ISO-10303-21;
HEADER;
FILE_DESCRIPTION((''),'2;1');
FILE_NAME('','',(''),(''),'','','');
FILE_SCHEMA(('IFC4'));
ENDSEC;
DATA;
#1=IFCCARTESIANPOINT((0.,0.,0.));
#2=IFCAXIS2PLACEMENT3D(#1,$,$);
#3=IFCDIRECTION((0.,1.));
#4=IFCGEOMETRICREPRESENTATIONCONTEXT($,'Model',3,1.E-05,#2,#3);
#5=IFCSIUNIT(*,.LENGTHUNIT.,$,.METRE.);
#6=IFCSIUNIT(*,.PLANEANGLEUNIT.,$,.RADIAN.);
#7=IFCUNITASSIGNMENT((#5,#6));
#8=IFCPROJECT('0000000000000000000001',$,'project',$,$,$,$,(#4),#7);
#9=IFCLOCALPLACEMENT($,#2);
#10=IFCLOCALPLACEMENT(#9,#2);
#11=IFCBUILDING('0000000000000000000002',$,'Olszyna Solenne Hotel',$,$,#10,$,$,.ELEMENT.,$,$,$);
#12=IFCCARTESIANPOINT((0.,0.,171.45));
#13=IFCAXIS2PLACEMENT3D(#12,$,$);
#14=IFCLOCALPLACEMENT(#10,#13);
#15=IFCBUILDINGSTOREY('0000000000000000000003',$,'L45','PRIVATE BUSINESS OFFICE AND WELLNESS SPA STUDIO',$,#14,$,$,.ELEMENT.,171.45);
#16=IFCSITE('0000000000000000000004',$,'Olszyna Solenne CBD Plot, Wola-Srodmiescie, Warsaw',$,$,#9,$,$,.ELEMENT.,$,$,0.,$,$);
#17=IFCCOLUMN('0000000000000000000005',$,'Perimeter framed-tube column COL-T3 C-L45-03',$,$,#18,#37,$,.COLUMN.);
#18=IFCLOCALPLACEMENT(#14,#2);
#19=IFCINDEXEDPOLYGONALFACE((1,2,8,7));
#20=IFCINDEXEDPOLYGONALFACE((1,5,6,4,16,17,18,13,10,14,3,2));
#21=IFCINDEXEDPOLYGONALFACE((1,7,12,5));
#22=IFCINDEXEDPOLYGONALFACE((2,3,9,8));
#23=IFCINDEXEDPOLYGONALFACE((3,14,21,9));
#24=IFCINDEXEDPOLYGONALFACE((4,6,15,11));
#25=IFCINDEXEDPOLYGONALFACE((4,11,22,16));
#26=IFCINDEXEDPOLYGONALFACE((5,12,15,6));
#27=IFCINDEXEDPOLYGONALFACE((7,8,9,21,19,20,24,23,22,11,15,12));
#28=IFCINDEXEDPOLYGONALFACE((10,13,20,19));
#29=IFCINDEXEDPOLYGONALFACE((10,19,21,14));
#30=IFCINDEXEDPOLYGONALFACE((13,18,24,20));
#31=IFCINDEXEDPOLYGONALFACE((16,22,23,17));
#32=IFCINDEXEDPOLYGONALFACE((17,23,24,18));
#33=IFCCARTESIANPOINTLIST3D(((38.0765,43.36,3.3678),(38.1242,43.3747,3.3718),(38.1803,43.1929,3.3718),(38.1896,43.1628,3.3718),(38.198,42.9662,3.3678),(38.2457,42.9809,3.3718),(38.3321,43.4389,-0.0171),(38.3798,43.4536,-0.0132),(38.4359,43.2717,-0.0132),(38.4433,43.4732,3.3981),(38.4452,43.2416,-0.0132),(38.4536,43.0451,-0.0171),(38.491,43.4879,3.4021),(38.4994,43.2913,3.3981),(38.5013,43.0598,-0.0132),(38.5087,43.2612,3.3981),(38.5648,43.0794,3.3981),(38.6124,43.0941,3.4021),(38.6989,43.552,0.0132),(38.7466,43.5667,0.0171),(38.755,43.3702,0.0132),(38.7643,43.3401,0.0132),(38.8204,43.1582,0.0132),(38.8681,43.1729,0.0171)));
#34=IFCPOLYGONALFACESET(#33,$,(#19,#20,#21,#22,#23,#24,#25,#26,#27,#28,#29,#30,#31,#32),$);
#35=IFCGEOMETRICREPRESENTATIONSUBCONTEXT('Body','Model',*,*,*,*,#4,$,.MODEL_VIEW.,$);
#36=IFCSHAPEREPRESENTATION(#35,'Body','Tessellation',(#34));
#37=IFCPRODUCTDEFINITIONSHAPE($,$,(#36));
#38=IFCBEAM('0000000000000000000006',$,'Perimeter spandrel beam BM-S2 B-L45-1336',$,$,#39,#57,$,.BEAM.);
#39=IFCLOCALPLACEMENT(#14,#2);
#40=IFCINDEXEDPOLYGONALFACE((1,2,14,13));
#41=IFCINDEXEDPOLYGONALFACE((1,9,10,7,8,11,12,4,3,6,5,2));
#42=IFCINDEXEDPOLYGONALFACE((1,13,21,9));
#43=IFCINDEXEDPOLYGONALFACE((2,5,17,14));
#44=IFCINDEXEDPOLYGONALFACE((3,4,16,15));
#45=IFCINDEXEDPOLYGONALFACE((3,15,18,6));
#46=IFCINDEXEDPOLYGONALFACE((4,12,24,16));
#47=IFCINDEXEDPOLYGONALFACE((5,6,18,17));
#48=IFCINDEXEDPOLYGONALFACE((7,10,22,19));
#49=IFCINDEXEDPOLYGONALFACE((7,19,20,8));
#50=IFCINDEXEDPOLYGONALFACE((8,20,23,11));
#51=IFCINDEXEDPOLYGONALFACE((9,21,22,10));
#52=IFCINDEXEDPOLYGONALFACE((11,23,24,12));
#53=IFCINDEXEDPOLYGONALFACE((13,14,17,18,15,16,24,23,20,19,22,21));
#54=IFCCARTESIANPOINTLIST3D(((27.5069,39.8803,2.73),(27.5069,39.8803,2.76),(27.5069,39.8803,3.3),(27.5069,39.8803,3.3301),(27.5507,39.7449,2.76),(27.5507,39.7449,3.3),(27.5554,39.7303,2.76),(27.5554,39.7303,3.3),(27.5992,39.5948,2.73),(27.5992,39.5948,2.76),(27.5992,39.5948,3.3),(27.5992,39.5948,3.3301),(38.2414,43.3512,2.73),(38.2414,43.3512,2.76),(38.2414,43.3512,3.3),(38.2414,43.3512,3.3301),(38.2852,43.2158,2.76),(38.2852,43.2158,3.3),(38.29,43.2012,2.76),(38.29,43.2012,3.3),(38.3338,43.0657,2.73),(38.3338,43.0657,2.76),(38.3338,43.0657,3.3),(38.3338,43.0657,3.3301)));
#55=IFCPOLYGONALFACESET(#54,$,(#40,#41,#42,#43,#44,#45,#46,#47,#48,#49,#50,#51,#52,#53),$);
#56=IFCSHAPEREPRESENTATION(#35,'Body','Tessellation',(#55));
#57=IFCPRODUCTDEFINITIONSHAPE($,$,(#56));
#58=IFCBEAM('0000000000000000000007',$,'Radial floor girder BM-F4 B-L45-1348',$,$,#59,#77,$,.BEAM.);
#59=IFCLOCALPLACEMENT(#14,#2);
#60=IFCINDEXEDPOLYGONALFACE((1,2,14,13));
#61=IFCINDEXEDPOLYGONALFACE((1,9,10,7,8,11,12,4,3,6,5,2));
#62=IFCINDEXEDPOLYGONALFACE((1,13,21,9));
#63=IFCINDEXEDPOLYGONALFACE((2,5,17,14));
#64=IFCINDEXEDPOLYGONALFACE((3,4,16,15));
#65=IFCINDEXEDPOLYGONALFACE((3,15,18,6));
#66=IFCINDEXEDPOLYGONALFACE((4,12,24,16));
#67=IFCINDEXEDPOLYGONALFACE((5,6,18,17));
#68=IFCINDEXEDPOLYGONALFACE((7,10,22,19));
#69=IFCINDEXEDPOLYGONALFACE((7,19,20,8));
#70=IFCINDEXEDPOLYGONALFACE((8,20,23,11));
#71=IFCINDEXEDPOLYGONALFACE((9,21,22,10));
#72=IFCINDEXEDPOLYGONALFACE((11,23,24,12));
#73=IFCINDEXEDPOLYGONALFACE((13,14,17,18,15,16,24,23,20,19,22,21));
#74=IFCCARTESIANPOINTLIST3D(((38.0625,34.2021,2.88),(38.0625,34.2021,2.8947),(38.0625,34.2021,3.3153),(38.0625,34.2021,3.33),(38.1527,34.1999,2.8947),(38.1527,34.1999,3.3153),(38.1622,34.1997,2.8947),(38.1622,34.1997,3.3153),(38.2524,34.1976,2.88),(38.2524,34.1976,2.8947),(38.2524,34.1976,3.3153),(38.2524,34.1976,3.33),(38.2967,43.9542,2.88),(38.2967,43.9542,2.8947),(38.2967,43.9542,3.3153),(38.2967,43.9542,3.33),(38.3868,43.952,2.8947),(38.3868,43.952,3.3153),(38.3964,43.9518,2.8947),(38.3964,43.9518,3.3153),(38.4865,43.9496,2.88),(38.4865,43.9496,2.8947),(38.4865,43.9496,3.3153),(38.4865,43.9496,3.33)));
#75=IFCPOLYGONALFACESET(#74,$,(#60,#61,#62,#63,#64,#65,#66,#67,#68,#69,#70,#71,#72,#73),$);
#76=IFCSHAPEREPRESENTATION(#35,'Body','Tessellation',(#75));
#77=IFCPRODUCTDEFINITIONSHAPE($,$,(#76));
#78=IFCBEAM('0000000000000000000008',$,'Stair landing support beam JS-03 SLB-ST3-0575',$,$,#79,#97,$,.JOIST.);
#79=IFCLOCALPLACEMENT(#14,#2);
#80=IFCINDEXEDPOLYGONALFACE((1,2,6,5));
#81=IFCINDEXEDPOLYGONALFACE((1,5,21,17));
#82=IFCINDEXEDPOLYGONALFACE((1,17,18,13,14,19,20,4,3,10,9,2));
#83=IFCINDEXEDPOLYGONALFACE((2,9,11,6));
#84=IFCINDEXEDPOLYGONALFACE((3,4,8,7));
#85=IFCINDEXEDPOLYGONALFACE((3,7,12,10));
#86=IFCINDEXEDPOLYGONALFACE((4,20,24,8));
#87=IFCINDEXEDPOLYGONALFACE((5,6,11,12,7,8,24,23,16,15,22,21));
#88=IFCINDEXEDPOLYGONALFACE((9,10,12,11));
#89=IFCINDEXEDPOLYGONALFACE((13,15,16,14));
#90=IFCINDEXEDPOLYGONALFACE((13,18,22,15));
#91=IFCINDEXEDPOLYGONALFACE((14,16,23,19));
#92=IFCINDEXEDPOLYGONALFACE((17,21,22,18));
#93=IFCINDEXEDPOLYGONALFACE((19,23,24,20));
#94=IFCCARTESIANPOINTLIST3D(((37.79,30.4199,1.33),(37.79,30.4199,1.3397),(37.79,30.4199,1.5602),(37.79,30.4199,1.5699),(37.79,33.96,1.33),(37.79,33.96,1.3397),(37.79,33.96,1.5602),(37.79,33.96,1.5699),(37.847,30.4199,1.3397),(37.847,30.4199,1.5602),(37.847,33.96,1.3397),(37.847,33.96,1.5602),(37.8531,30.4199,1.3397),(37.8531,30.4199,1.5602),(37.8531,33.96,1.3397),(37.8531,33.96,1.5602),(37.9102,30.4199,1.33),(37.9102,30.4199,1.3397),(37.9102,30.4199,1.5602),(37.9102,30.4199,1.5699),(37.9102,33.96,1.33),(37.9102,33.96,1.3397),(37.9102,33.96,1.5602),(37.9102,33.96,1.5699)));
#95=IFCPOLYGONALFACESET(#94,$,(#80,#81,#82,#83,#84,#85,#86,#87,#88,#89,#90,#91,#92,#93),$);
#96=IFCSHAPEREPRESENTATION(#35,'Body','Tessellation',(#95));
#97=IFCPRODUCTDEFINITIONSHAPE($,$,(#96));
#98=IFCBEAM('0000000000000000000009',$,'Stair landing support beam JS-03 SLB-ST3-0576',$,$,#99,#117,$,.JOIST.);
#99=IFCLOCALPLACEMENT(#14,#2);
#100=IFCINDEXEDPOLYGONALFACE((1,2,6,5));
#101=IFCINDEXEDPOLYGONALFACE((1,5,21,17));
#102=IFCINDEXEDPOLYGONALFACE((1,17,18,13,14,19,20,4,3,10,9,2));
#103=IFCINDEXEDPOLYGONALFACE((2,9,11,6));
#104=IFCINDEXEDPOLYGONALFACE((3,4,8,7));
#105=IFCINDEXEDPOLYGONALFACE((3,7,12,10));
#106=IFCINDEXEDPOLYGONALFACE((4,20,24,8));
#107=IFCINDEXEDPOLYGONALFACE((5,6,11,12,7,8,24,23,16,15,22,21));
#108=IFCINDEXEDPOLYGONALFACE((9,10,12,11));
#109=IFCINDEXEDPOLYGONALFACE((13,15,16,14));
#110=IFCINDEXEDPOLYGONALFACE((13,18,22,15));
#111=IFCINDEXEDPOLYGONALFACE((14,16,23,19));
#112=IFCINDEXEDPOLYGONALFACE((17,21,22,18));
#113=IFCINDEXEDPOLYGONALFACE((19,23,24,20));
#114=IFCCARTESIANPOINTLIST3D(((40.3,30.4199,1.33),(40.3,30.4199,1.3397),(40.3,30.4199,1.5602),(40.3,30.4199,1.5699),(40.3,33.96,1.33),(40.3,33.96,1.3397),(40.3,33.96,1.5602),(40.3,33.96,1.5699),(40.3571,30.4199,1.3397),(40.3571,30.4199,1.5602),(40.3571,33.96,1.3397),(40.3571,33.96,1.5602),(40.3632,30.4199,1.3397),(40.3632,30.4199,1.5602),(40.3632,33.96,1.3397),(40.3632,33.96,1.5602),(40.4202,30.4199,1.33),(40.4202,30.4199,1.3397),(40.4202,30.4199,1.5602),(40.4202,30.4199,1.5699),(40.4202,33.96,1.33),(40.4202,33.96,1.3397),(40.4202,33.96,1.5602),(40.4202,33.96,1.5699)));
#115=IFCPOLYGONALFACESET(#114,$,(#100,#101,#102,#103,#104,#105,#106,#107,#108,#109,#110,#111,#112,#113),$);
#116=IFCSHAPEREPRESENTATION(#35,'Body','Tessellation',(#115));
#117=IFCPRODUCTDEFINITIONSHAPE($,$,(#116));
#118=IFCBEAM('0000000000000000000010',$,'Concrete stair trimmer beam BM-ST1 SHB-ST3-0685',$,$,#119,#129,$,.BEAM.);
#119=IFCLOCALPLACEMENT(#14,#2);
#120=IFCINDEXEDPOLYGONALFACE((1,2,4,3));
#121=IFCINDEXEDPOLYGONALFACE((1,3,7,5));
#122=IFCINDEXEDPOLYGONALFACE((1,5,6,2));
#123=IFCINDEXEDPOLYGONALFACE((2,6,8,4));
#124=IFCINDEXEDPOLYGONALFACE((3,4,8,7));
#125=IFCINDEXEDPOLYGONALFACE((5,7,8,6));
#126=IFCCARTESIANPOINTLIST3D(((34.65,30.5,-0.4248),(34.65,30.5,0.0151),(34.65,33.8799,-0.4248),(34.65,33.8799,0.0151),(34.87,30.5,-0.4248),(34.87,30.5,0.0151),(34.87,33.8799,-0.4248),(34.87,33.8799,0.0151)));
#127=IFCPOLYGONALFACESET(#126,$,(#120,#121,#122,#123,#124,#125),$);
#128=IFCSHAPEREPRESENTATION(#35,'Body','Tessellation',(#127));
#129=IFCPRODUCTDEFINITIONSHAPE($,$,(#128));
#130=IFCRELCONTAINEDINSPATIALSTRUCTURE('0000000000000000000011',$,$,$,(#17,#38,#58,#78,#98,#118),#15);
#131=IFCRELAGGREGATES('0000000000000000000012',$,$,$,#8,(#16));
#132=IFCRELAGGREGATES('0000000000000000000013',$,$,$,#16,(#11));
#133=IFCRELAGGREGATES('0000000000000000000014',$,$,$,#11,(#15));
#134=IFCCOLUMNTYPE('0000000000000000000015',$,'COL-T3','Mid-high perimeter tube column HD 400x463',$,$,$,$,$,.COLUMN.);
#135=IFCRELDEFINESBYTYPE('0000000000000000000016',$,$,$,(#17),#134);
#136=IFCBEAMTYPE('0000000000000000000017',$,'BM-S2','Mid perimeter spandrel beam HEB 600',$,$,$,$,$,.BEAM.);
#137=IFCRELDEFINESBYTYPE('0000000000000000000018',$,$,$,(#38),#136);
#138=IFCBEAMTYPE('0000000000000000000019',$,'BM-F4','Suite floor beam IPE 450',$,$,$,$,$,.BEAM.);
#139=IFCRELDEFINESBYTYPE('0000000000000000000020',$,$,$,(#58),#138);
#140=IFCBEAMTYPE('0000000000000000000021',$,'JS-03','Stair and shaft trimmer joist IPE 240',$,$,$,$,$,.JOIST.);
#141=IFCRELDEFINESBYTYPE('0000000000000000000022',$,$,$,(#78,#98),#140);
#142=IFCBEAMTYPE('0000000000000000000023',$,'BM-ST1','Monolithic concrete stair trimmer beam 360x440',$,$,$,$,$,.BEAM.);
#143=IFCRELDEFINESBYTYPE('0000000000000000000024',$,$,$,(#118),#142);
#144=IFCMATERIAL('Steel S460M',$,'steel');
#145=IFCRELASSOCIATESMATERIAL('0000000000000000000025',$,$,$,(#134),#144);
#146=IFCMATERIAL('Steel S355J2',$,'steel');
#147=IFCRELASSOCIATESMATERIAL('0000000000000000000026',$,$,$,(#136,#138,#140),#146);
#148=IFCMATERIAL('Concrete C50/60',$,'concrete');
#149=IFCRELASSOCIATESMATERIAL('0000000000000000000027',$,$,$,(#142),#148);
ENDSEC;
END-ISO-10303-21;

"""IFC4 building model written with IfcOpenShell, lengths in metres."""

from ifc_helpers import new_model, si_unit, direction, frame, origin, origin_2d, place, context, subcontext, project, spatial, rectangle, i_section, extrude, source, transform, mapped, material, material_profile, profile_set, type_object, element, save


model = new_model("IFC4")

# Units and contexts
model_context = context("Model", 3, precision=1e-05, world=origin(), true_north=direction((0.0, 1.0)))
body_context = subcontext(model_context, "Body", "Model", "MODEL_VIEW")
ifc_project = project(units=[si_unit("LENGTHUNIT", "METRE"), si_unit("PLANEANGLEUNIT", "RADIAN")], contexts=[model_context])

# Site, building, storey
site_placement = place(None, origin())
site = spatial("IfcSite", under=ifc_project, at=site_placement, Name="Olszyna Solenne CBD Plot, Wola-Srodmiescie, Warsaw", CompositionType="ELEMENT", RefElevation=0.0)
building_placement = place(site_placement, origin())
building = spatial("IfcBuilding", under=site, at=building_placement, Name="Olszyna Solenne Hotel", CompositionType="ELEMENT")
storey_placement = place(building_placement, frame((0.0, 0.0, 171.45)))
storey = spatial("IfcBuildingStorey", under=building, at=storey_placement, Name="L45", Description="PRIVATE BUSINESS OFFICE AND WELLNESS SPA STUDIO", CompositionType="ELEMENT", Elevation=171.45)

# Column
ifc_material_1 = material(Name="Steel S460M", Category="steel")
ifc_material_profile_1 = material_profile(ifc_material_1, i_section(OverallWidth=0.4121, OverallDepth=0.4351, WebThickness=0.0315, FlangeThickness=0.05, at=origin_2d()), Name="HD 400x463", Category="load-bearing")
ifc_profile_set_1 = profile_set([ifc_material_profile_1], Name="Steel S460M")
column_type = type_object("IfcColumnType", Name="COL-T3", Description="Mid-high perimeter tube column HD 400x463", PredefinedType="COLUMN", material=ifc_profile_set_1)
shared_shape_1 = source(origin(), body_context, "Body", "SweptSolid", [
    extrude(i_section(OverallWidth=0.4121, OverallDepth=0.4351, WebThickness=0.0315, FlangeThickness=0.05, at=origin_2d()), origin(), (0.0, 0.0, 1.0), 3.3955),
])
column_placement = place(storey_placement, frame((38.6001, 43.3059, 0.0), z_axis=(-0.075279, -0.023224, 0.996892), x_axis=(0.294791, -0.955562, 0.0)))
element("IfcColumn", 1, at=column_placement, inside=storey, type_object=column_type, Name="Perimeter framed-tube column COL-T3 C-L45-03", PredefinedType="COLUMN", context=body_context, shape_type="MappedRepresentation", body=[
    mapped(shared_shape_1, transform((0.0, 0.0, 0.0), x_axis=(1.0, 0.0, 0.0), y_axis=(0.0, 1.0, 0.0), z_axis=(0.0, 0.0, 1.0), scale=1.0)),
])

# Beams
ifc_material_2 = material(Name="Steel S355J2", Category="steel")
ifc_material_profile_2 = material_profile(ifc_material_2, i_section(OverallWidth=0.3, OverallDepth=0.6001, WebThickness=0.0154, FlangeThickness=0.03, at=origin_2d()), Name="HEB 600", Category="load-bearing")
ifc_profile_set_2 = profile_set([ifc_material_profile_2], Name="Steel S355J2")
beam_type_1 = type_object("IfcBeamType", Name="BM-S2", Description="Mid perimeter spandrel beam HEB 600", PredefinedType="BEAM", material=ifc_profile_set_2)
shared_shape_2 = source(origin(), body_context, "Body", "SweptSolid", [
    extrude(i_section(OverallWidth=0.3, OverallDepth=0.6001, WebThickness=0.0154, FlangeThickness=0.03, at=origin_2d()), origin(), (0.0, 0.0, 1.0), 11.2817),
])
beam_1_placement = place(storey_placement, frame((38.2876, 43.2085, 3.03), z_axis=(-0.951497, -0.307658, 0.0), x_axis=(0.307658, -0.951497, 0.0)))
element("IfcBeam", 2, at=beam_1_placement, inside=storey, type_object=beam_type_1, Name="Perimeter spandrel beam BM-S2 B-L45-1336", PredefinedType="BEAM", context=body_context, shape_type="MappedRepresentation", body=[
    mapped(shared_shape_2, transform((0.0, 0.0, 0.0), x_axis=(1.0, 0.0, 0.0), y_axis=(0.0, 1.0, 0.0), z_axis=(0.0, 0.0, 1.0), scale=1.0)),
])
ifc_material_profile_3 = material_profile(ifc_material_2, i_section(OverallWidth=0.1899, OverallDepth=0.45, WebThickness=0.0095, FlangeThickness=0.0146, at=origin_2d()), Name="IPE 450", Category="load-bearing")
ifc_profile_set_3 = profile_set([ifc_material_profile_3], Name="Steel S355J2")
beam_type_2 = type_object("IfcBeamType", Name="BM-F4", Description="Suite floor beam IPE 450", PredefinedType="BEAM", material=ifc_profile_set_3)
shared_shape_3 = source(origin(), body_context, "Body", "SweptSolid", [
    extrude(i_section(OverallWidth=0.1899, OverallDepth=0.45, WebThickness=0.0095, FlangeThickness=0.0146, at=origin_2d()), origin(), (0.0, 0.0, 1.0), 9.7549),
])
beam_2_placement = place(storey_placement, frame((38.3916, 43.9519, 3.105), z_axis=(-0.024002, -0.999712, 0.0), x_axis=(0.999712, -0.024002, 0.0)))
element("IfcBeam", 3, at=beam_2_placement, inside=storey, type_object=beam_type_2, Name="Radial floor girder BM-F4 B-L45-1348", PredefinedType="BEAM", context=body_context, shape_type="MappedRepresentation", body=[
    mapped(shared_shape_3, transform((0.0, 0.0, 0.0), x_axis=(1.0, 0.0, 0.0), y_axis=(0.0, 1.0, 0.0), z_axis=(0.0, 0.0, 1.0), scale=1.0)),
])
ifc_material_profile_4 = material_profile(ifc_material_2, i_section(OverallWidth=0.1201, OverallDepth=0.24, WebThickness=0.0061, FlangeThickness=0.0098, at=origin_2d()), Name="IPE 240", Category="load-bearing")
ifc_profile_set_4 = profile_set([ifc_material_profile_4], Name="Steel S355J2")
beam_type_3 = type_object("IfcBeamType", Name="JS-03", Description="Stair and shaft trimmer joist IPE 240", PredefinedType="JOIST", material=ifc_profile_set_4)
shared_shape_4 = source(origin(), body_context, "Body", "SweptSolid", [
    extrude(i_section(OverallWidth=0.1201, OverallDepth=0.24, WebThickness=0.0061, FlangeThickness=0.0098, at=origin_2d()), origin(), (0.0, 0.0, 1.0), 3.54),
])
for number, where, z_axis, x_axis, name in (
    (4, (37.8501, 30.4199, 1.45), (0.0, 1.0, 0.0), (-1.0, 0.0, 0.0), "Stair landing support beam JS-03 SLB-ST3-0575"),
    (5, (40.3601, 30.4199, 1.45), (0.0, 1.0, 0.0), (-1.0, 0.0, 0.0), "Stair landing support beam JS-03 SLB-ST3-0576"),
):
    element("IfcBeam", number, at=place(storey_placement, frame(where, z_axis=z_axis, x_axis=x_axis)), inside=storey, type_object=beam_type_3, Name=name, PredefinedType="JOIST", context=body_context, shape_type="MappedRepresentation", body=[
        mapped(shared_shape_4, transform((0.0, 0.0, 0.0), x_axis=(1.0, 0.0, 0.0), y_axis=(0.0, 1.0, 0.0), z_axis=(0.0, 0.0, 1.0), scale=1.0)),
    ])
ifc_material_3 = material(Name="Concrete C50/60", Category="concrete")
ifc_material_profile_5 = material_profile(ifc_material_3, rectangle(XDim=0.22, YDim=0.4399, at=origin_2d()), Name="RC 220x440", Category="load-bearing")
ifc_profile_set_5 = profile_set([ifc_material_profile_5], Name="Concrete C50/60")
beam_type_4 = type_object("IfcBeamType", Name="BM-ST1", Description="Monolithic concrete stair trimmer beam 360x440", PredefinedType="BEAM", material=ifc_profile_set_5)
shared_shape_5 = source(origin(), body_context, "Body", "SweptSolid", [
    extrude(rectangle(XDim=0.22, YDim=0.4399, at=origin_2d()), origin(), (0.0, 0.0, 1.0), 3.3799),
])
beam_3_placement = place(storey_placement, frame((34.76, 30.5, -0.2048), z_axis=(0.0, 1.0, 0.0), x_axis=(-1.0, 0.0, 0.0)))
element("IfcBeam", 6, at=beam_3_placement, inside=storey, type_object=beam_type_4, Name="Concrete stair trimmer beam BM-ST1 SHB-ST3-0685", PredefinedType="BEAM", context=body_context, shape_type="MappedRepresentation", body=[
    mapped(shared_shape_5, transform((0.0, 0.0, 0.0), x_axis=(1.0, 0.0, 0.0), y_axis=(0.0, 1.0, 0.0), z_axis=(0.0, 0.0, 1.0), scale=1.0)),
])

save(model, "model.ifc")
